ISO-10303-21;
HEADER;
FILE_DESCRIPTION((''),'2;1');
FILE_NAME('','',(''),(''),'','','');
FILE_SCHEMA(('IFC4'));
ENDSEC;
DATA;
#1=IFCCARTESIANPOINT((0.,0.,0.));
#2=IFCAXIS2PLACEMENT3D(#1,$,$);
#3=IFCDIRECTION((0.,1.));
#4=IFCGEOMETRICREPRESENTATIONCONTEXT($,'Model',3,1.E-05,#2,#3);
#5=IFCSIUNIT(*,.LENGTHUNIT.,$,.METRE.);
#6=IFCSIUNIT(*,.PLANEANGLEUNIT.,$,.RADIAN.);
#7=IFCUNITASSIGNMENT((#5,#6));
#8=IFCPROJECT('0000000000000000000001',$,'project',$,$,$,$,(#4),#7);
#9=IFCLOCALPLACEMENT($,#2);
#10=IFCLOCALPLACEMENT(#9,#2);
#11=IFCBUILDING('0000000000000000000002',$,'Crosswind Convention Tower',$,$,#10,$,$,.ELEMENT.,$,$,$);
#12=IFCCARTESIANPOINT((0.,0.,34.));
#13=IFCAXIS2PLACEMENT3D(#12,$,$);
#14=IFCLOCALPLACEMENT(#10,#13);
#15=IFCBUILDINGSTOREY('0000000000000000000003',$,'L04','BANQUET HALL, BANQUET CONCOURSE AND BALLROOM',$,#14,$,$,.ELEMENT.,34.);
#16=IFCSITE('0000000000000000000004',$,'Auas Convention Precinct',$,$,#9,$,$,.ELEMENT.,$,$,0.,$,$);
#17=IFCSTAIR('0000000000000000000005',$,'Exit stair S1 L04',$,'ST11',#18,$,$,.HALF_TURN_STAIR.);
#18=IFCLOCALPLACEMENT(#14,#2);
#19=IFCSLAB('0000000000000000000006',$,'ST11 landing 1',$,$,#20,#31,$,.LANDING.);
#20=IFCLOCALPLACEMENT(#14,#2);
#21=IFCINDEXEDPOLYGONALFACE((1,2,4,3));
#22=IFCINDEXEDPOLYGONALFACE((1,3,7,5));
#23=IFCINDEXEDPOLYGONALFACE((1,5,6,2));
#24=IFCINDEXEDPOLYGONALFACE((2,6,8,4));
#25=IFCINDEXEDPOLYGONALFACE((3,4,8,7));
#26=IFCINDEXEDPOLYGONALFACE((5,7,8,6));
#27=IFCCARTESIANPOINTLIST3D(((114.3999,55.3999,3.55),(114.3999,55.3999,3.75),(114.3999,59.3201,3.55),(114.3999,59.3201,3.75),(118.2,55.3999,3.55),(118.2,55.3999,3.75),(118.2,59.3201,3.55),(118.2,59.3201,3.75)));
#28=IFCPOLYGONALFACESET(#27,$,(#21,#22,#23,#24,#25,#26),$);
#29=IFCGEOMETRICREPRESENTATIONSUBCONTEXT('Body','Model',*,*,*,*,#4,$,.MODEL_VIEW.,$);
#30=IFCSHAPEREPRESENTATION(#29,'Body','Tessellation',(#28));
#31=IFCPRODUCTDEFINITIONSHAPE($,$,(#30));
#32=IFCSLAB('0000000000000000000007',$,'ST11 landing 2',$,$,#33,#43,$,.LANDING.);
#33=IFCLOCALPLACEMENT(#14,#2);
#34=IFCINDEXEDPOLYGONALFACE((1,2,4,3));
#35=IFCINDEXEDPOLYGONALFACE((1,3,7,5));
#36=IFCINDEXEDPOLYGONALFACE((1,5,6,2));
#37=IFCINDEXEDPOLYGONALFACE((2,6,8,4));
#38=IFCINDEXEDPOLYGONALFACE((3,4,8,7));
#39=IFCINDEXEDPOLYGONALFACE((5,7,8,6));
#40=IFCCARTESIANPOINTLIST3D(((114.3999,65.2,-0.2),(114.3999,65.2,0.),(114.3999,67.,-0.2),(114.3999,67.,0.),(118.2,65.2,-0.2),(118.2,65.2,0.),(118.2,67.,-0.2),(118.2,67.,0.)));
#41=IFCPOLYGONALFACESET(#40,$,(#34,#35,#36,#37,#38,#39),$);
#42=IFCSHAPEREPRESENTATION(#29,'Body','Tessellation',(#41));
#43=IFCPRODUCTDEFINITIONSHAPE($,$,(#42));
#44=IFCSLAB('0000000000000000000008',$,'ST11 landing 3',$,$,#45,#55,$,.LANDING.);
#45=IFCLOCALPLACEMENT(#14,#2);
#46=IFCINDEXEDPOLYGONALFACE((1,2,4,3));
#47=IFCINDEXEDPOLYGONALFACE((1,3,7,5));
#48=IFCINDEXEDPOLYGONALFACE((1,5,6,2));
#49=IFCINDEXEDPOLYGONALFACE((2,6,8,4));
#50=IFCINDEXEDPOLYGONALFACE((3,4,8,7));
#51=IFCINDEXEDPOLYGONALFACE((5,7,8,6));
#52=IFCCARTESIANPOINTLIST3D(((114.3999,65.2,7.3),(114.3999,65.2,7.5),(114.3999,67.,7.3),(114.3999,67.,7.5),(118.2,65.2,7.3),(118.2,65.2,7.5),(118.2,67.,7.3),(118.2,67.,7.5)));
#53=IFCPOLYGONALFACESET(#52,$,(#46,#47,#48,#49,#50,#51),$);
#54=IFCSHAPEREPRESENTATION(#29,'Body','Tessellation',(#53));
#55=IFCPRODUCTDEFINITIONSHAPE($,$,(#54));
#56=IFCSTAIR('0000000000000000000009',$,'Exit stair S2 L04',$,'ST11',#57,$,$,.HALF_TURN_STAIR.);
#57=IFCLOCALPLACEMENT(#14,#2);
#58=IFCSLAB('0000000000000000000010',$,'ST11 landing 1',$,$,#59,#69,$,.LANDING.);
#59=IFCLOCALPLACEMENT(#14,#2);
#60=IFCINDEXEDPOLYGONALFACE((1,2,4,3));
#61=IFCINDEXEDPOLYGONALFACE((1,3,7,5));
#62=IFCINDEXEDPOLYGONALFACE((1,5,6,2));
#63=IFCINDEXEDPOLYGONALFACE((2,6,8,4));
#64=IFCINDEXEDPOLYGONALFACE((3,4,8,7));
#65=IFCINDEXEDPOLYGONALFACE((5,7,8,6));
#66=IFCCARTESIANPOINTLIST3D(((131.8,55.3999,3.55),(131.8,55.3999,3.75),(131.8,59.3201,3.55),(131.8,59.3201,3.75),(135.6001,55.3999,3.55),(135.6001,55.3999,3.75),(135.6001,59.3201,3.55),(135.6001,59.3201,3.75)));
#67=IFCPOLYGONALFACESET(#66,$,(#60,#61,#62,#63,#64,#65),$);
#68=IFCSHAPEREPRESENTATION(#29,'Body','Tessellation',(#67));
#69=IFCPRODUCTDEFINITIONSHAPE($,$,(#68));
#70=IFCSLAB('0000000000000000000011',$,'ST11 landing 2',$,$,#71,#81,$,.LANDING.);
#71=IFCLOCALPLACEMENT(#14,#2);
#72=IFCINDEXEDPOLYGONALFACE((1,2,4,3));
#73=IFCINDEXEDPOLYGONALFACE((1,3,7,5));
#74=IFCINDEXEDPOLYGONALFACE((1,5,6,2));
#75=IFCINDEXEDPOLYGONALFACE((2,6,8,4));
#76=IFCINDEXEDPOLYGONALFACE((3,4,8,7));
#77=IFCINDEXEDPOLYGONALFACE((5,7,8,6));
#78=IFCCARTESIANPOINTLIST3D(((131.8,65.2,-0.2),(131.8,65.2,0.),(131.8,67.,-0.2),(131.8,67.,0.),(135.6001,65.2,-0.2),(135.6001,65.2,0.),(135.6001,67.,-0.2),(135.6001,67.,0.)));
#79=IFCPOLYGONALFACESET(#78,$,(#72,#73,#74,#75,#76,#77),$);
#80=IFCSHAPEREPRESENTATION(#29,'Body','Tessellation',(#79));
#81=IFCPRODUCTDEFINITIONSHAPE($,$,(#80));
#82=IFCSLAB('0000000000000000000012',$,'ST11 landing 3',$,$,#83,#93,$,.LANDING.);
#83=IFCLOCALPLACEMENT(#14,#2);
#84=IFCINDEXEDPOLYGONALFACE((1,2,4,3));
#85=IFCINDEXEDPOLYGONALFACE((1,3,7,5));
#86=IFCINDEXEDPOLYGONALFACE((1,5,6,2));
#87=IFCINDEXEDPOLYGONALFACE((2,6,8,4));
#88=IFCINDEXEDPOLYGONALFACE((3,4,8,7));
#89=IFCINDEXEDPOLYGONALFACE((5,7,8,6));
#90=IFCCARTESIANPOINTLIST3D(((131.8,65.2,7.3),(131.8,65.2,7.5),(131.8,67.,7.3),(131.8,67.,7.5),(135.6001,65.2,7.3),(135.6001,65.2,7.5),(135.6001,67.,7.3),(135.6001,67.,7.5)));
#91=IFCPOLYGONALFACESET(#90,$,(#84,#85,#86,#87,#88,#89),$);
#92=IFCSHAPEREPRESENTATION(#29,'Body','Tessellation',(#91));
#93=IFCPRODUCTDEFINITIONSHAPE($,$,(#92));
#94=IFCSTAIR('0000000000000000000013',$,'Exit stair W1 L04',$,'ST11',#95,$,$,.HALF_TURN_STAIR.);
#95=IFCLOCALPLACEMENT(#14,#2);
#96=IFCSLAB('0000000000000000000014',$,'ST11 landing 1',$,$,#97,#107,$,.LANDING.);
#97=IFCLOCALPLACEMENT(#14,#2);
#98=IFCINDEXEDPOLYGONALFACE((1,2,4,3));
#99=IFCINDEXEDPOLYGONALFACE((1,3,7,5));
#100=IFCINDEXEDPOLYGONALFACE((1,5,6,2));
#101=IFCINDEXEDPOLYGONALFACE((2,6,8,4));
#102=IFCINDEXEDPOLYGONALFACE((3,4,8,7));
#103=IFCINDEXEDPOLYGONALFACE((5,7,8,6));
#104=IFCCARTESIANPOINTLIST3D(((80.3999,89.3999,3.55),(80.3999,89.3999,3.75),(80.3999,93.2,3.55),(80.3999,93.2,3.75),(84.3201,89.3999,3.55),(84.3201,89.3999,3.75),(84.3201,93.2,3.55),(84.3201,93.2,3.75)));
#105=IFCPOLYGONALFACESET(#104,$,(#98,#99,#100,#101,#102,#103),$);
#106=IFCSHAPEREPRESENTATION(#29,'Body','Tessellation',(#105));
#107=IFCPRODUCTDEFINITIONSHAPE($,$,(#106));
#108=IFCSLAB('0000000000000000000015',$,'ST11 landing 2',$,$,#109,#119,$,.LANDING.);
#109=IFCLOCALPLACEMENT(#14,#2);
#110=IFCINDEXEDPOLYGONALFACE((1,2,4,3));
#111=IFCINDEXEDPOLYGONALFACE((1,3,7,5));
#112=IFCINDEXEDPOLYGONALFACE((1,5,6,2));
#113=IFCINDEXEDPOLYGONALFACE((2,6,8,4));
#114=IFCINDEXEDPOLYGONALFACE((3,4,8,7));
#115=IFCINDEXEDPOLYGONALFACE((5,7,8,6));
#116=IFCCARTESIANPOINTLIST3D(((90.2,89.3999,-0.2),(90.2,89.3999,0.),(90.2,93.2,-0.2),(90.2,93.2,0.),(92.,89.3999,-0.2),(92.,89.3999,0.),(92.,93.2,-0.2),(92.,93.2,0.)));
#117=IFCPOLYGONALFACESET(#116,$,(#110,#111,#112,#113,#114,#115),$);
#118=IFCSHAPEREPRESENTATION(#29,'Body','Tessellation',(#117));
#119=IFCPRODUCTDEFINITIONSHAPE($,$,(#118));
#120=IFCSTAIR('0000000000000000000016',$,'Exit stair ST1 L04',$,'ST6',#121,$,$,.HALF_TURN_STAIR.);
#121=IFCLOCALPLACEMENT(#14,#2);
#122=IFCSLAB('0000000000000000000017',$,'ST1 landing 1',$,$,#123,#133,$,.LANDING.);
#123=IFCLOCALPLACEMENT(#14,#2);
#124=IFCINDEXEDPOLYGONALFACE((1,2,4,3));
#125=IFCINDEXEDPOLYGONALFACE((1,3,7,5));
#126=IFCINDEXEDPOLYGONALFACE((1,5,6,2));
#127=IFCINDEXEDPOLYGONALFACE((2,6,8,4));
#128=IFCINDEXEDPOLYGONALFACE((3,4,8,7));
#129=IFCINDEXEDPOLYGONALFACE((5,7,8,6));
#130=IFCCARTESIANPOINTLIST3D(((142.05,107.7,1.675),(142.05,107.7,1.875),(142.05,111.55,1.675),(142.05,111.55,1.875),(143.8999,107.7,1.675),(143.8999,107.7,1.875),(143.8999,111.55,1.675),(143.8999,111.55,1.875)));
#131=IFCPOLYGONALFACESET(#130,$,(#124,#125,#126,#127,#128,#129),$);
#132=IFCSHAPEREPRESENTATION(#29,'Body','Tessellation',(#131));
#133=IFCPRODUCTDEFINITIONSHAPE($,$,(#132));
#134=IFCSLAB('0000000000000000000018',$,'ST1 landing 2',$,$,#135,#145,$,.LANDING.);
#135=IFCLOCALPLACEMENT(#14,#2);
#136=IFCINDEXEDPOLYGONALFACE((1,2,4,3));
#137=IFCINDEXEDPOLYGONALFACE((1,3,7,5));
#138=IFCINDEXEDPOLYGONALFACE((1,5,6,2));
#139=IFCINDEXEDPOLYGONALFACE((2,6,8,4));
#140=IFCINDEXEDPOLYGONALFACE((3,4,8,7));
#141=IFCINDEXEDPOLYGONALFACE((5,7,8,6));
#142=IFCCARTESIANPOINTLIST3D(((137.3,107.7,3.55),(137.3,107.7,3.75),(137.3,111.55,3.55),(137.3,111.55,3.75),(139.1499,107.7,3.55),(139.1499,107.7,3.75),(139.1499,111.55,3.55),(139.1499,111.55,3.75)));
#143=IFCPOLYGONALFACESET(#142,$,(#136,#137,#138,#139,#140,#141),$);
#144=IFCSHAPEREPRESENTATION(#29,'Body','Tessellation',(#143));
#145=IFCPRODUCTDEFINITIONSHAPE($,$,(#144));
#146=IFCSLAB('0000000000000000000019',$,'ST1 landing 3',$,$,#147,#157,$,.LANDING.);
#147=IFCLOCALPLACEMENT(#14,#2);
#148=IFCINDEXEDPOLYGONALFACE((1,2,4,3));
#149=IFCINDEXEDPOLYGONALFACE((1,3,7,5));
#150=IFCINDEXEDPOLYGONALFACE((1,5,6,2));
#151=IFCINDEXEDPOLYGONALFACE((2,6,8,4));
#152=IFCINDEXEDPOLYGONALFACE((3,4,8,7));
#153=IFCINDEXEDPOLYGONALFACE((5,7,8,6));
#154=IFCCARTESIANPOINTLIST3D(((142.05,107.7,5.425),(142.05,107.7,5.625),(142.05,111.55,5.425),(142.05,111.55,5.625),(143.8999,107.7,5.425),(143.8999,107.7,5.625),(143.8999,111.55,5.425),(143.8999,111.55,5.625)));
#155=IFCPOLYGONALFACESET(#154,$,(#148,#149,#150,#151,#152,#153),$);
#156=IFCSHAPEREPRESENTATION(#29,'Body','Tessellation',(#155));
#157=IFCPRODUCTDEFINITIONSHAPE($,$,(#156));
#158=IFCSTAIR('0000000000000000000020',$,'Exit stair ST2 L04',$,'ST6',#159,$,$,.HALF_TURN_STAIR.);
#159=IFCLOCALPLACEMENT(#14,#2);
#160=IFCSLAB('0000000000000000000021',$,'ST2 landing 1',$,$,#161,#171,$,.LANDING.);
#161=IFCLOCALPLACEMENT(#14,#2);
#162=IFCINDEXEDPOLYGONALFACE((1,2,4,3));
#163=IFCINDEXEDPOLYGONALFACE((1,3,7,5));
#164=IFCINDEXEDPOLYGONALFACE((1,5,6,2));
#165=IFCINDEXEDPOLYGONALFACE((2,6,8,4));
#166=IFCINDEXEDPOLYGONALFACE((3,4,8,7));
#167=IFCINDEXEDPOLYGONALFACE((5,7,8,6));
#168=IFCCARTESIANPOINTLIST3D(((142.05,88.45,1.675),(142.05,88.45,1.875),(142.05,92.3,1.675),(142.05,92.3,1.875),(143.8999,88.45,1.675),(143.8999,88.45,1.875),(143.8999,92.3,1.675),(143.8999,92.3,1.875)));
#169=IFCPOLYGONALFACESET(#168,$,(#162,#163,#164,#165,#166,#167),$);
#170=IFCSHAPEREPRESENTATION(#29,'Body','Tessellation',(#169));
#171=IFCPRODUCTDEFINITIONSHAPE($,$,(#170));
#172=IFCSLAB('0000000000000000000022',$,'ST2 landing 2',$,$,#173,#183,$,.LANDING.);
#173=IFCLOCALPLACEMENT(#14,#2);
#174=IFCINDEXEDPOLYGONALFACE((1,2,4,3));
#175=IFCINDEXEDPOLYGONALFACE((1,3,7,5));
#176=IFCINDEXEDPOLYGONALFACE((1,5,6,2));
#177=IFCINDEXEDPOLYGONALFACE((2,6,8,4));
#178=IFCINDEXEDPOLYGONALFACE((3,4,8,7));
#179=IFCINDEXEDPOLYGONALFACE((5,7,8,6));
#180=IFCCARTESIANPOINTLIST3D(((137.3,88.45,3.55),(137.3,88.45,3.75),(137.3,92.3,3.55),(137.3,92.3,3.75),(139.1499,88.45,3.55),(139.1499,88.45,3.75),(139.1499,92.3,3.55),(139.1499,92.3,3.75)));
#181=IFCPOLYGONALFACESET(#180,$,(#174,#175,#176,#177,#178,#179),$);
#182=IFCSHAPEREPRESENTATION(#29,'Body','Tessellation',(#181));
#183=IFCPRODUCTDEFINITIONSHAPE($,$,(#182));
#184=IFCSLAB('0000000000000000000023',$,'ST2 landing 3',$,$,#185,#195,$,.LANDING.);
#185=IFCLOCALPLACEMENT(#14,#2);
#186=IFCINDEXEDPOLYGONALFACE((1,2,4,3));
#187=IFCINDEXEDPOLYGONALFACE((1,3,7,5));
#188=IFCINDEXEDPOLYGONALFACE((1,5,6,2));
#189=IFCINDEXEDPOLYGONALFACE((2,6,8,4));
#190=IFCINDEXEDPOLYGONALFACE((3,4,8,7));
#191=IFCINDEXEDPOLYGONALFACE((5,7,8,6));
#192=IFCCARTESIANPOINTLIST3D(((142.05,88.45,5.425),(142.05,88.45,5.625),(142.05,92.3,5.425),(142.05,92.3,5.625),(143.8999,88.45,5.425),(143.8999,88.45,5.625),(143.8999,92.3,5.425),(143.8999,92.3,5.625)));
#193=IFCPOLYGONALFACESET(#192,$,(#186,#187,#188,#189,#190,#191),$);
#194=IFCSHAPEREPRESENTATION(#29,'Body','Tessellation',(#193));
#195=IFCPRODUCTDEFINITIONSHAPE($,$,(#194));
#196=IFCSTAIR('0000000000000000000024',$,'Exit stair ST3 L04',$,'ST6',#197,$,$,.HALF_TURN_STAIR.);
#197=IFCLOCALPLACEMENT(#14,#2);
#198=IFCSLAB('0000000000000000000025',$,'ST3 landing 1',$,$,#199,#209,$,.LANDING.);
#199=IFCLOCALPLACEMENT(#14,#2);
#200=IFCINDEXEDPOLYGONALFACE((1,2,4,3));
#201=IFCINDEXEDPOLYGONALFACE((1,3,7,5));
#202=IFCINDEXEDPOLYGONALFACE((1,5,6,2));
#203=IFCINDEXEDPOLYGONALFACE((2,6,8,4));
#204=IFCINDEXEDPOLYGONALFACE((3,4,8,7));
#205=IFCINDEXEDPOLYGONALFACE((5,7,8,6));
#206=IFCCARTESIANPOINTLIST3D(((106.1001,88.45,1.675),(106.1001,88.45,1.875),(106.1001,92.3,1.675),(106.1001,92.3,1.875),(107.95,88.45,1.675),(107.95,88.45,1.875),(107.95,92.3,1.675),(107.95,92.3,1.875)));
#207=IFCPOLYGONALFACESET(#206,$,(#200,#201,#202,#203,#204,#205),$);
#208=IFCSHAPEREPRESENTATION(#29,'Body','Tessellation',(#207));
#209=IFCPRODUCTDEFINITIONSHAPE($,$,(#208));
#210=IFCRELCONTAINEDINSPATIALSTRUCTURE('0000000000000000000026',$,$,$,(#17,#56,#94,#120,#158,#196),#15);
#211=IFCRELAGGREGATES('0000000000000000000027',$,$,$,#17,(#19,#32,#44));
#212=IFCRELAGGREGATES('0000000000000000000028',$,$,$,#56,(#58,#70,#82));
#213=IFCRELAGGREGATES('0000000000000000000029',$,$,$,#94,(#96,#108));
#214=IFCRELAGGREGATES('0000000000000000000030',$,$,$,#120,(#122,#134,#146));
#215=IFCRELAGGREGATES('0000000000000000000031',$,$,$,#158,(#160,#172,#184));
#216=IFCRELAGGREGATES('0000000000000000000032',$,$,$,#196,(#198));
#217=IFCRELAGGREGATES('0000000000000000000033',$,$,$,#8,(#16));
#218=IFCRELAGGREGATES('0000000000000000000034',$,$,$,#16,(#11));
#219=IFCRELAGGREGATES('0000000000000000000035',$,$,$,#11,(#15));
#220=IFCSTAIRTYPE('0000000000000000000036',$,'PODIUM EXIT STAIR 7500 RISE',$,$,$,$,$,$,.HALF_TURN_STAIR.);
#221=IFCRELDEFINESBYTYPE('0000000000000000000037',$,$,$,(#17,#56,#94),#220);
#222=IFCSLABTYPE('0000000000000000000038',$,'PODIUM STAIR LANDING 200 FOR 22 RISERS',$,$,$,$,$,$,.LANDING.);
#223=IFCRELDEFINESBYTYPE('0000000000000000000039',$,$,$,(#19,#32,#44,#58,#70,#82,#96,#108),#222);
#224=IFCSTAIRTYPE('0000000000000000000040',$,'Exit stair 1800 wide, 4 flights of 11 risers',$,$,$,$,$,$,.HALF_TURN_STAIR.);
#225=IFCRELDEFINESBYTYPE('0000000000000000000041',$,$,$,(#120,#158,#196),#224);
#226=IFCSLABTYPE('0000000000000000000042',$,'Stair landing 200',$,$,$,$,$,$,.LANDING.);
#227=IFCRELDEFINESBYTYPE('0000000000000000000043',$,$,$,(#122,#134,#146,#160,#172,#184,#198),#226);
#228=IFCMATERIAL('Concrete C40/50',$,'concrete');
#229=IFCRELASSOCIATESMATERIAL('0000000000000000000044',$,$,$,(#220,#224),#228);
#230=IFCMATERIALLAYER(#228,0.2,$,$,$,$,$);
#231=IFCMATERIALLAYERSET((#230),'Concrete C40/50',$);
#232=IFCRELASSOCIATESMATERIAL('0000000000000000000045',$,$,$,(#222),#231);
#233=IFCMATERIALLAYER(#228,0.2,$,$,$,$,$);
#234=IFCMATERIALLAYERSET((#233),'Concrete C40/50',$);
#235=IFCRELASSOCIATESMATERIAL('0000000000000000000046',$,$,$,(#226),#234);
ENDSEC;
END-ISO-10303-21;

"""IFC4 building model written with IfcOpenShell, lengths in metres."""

from ifc_helpers import new_model, si_unit, direction, frame, origin, place, context, subcontext, project, spatial, polyline, outline, extrude, material, layer, layer_set, type_object, element, aggregate, save


model = new_model("IFC4")

# Units and contexts
model_context = context("Model", 3, precision=1e-05, world=origin(), true_north=direction((0.0, 1.0)))
body_context = subcontext(model_context, "Body", "Model", "MODEL_VIEW")
ifc_project = project(units=[si_unit("LENGTHUNIT", "METRE"), si_unit("PLANEANGLEUNIT", "RADIAN")], contexts=[model_context])

# Site, building, storey
site_placement = place(None, origin())
site = spatial("IfcSite", under=ifc_project, at=site_placement, Name="Auas Convention Precinct", CompositionType="ELEMENT", RefElevation=0.0)
building_placement = place(site_placement, origin())
building = spatial("IfcBuilding", under=site, at=building_placement, Name="Crosswind Convention Tower", CompositionType="ELEMENT")
storey_placement = place(building_placement, frame((0.0, 0.0, 34.0)))
storey = spatial("IfcBuildingStorey", under=building, at=storey_placement, Name="L04", Description="BANQUET HALL, BANQUET CONCOURSE AND BALLROOM", CompositionType="ELEMENT", Elevation=34.0)

# Shared definitions
ifc_material = material(Name="Concrete C40/50", Category="concrete")

# Stairs, slabs
stair_type_1 = type_object("IfcStairType", Name="PODIUM EXIT STAIR 7500 RISE", PredefinedType="HALF_TURN_STAIR", material=ifc_material)
ifc_layer_1 = layer(ifc_material, 0.2)
ifc_layer_set_1 = layer_set([ifc_layer_1], Name="Concrete C40/50")
slab_type_1 = type_object("IfcSlabType", Name="PODIUM STAIR LANDING 200 FOR 22 RISERS", PredefinedType="LANDING", material=ifc_layer_set_1)
stair_1_placement = place(storey_placement, origin())
stair_1 = element("IfcStair", 1, at=stair_1_placement, inside=storey, type_object=stair_type_1, Name="Exit stair S1 L04", ObjectType="ST11", PredefinedType="HALF_TURN_STAIR")
slab_1_placement = place(storey_placement, frame((0.0, 0.0, 3.55)))
slab_1 = element("IfcSlab", 2, at=slab_1_placement, type_object=slab_type_1, Name="ST11 landing 1", PredefinedType="LANDING", context=body_context, shape_type="SweptSolid", body=[
    extrude(outline(polyline([(114.3999, 59.3201), (114.3999, 55.3999), (118.2, 55.3999), (118.2, 59.3201), (114.3999, 59.3201)])), origin(), (0.0, 0.0, 1.0), 0.2),
])
slab_2_placement = place(storey_placement, frame((0.0, 0.0, -0.2)))
slab_2 = element("IfcSlab", 3, at=slab_2_placement, type_object=slab_type_1, Name="ST11 landing 2", PredefinedType="LANDING", context=body_context, shape_type="SweptSolid", body=[
    extrude(outline(polyline([(114.3999, 67.0), (114.3999, 65.2), (118.2, 65.2), (118.2, 67.0), (114.3999, 67.0)])), origin(), (0.0, 0.0, 1.0), 0.2),
])
slab_3_placement = place(storey_placement, frame((0.0, 0.0, 7.3)))
slab_3 = element("IfcSlab", 4, at=slab_3_placement, type_object=slab_type_1, Name="ST11 landing 3", PredefinedType="LANDING", context=body_context, shape_type="SweptSolid", body=[
    extrude(outline(polyline([(114.3999, 67.0), (114.3999, 65.2), (118.2, 65.2), (118.2, 67.0), (114.3999, 67.0)])), origin(), (0.0, 0.0, 1.0), 0.2),
])
aggregate(stair_1, [slab_1, slab_2, slab_3])
stair_2_placement = place(storey_placement, origin())
stair_2 = element("IfcStair", 5, at=stair_2_placement, inside=storey, type_object=stair_type_1, Name="Exit stair S2 L04", ObjectType="ST11", PredefinedType="HALF_TURN_STAIR")
slab_4_placement = place(storey_placement, frame((0.0, 0.0, 3.55)))
slab_4 = element("IfcSlab", 6, at=slab_4_placement, type_object=slab_type_1, Name="ST11 landing 1", PredefinedType="LANDING", context=body_context, shape_type="SweptSolid", body=[
    extrude(outline(polyline([(131.8, 59.3201), (131.8, 55.3999), (135.6001, 55.3999), (135.6001, 59.3201), (131.8, 59.3201)])), origin(), (0.0, 0.0, 1.0), 0.2),
])
slab_5_placement = place(storey_placement, frame((0.0, 0.0, -0.2)))
slab_5 = element("IfcSlab", 7, at=slab_5_placement, type_object=slab_type_1, Name="ST11 landing 2", PredefinedType="LANDING", context=body_context, shape_type="SweptSolid", body=[
    extrude(outline(polyline([(131.8, 67.0), (131.8, 65.2), (135.6001, 65.2), (135.6001, 67.0), (131.8, 67.0)])), origin(), (0.0, 0.0, 1.0), 0.2),
])
slab_6_placement = place(storey_placement, frame((0.0, 0.0, 7.3)))
slab_6 = element("IfcSlab", 8, at=slab_6_placement, type_object=slab_type_1, Name="ST11 landing 3", PredefinedType="LANDING", context=body_context, shape_type="SweptSolid", body=[
    extrude(outline(polyline([(131.8, 67.0), (131.8, 65.2), (135.6001, 65.2), (135.6001, 67.0), (131.8, 67.0)])), origin(), (0.0, 0.0, 1.0), 0.2),
])
aggregate(stair_2, [slab_4, slab_5, slab_6])
stair_3_placement = place(storey_placement, origin())
stair_3 = element("IfcStair", 9, at=stair_3_placement, inside=storey, type_object=stair_type_1, Name="Exit stair W1 L04", ObjectType="ST11", PredefinedType="HALF_TURN_STAIR")
slab_7_placement = place(storey_placement, frame((0.0, 0.0, 3.55)))
slab_7 = element("IfcSlab", 10, at=slab_7_placement, type_object=slab_type_1, Name="ST11 landing 1", PredefinedType="LANDING", context=body_context, shape_type="SweptSolid", body=[
    extrude(outline(polyline([(84.3201, 93.2), (80.3999, 93.2), (80.3999, 89.3999), (84.3201, 89.3999), (84.3201, 93.2)])), origin(), (0.0, 0.0, 1.0), 0.2),
])
slab_8_placement = place(storey_placement, frame((0.0, 0.0, -0.2)))
slab_8 = element("IfcSlab", 11, at=slab_8_placement, type_object=slab_type_1, Name="ST11 landing 2", PredefinedType="LANDING", context=body_context, shape_type="SweptSolid", body=[
    extrude(outline(polyline([(92.0, 93.2), (90.2, 93.2), (90.2, 89.3999), (92.0, 89.3999), (92.0, 93.2)])), origin(), (0.0, 0.0, 1.0), 0.2),
])
aggregate(stair_3, [slab_7, slab_8])
stair_type_2 = type_object("IfcStairType", Name="Exit stair 1800 wide, 4 flights of 11 risers", PredefinedType="HALF_TURN_STAIR", material=ifc_material)
stair_4_placement = place(storey_placement, origin())
stair_4 = element("IfcStair", 12, at=stair_4_placement, inside=storey, type_object=stair_type_2, Name="Exit stair ST1 L04", ObjectType="ST6", PredefinedType="HALF_TURN_STAIR")
ifc_layer_2 = layer(ifc_material, 0.2)
ifc_layer_set_2 = layer_set([ifc_layer_2], Name="Concrete C40/50")
slab_type_2 = type_object("IfcSlabType", Name="Stair landing 200", PredefinedType="LANDING", material=ifc_layer_set_2)
slab_9_placement = place(storey_placement, frame((0.0, 0.0, 1.675)))
slab_9 = element("IfcSlab", 13, at=slab_9_placement, type_object=slab_type_2, Name="ST1 landing 1", PredefinedType="LANDING", context=body_context, shape_type="SweptSolid", body=[
    extrude(outline(polyline([(143.8999, 107.7), (143.8999, 111.55), (142.05, 111.55), (142.05, 107.7), (143.8999, 107.7)])), origin(), (0.0, 0.0, 1.0), 0.2),
])
slab_10_placement = place(storey_placement, frame((0.0, 0.0, 3.55)))
slab_10 = element("IfcSlab", 14, at=slab_10_placement, type_object=slab_type_2, Name="ST1 landing 2", PredefinedType="LANDING", context=body_context, shape_type="SweptSolid", body=[
    extrude(outline(polyline([(139.1499, 107.7), (139.1499, 111.55), (137.3, 111.55), (137.3, 107.7), (139.1499, 107.7)])), origin(), (0.0, 0.0, 1.0), 0.2),
])
slab_11_placement = place(storey_placement, frame((0.0, 0.0, 5.425)))
slab_11 = element("IfcSlab", 15, at=slab_11_placement, type_object=slab_type_2, Name="ST1 landing 3", PredefinedType="LANDING", context=body_context, shape_type="SweptSolid", body=[
    extrude(outline(polyline([(143.8999, 107.7), (143.8999, 111.55), (142.05, 111.55), (142.05, 107.7), (143.8999, 107.7)])), origin(), (0.0, 0.0, 1.0), 0.2),
])
aggregate(stair_4, [slab_9, slab_10, slab_11])
stair_5_placement = place(storey_placement, origin())
stair_5 = element("IfcStair", 16, at=stair_5_placement, inside=storey, type_object=stair_type_2, Name="Exit stair ST2 L04", ObjectType="ST6", PredefinedType="HALF_TURN_STAIR")
slab_12_placement = place(storey_placement, frame((0.0, 0.0, 1.675)))
slab_12 = element("IfcSlab", 17, at=slab_12_placement, type_object=slab_type_2, Name="ST2 landing 1", PredefinedType="LANDING", context=body_context, shape_type="SweptSolid", body=[
    extrude(outline(polyline([(143.8999, 88.45), (143.8999, 92.3), (142.05, 92.3), (142.05, 88.45), (143.8999, 88.45)])), origin(), (0.0, 0.0, 1.0), 0.2),
])
slab_13_placement = place(storey_placement, frame((0.0, 0.0, 3.55)))
slab_13 = element("IfcSlab", 18, at=slab_13_placement, type_object=slab_type_2, Name="ST2 landing 2", PredefinedType="LANDING", context=body_context, shape_type="SweptSolid", body=[
    extrude(outline(polyline([(139.1499, 88.45), (139.1499, 92.3), (137.3, 92.3), (137.3, 88.45), (139.1499, 88.45)])), origin(), (0.0, 0.0, 1.0), 0.2),
])
slab_14_placement = place(storey_placement, frame((0.0, 0.0, 5.425)))
slab_14 = element("IfcSlab", 19, at=slab_14_placement, type_object=slab_type_2, Name="ST2 landing 3", PredefinedType="LANDING", context=body_context, shape_type="SweptSolid", body=[
    extrude(outline(polyline([(143.8999, 88.45), (143.8999, 92.3), (142.05, 92.3), (142.05, 88.45), (143.8999, 88.45)])), origin(), (0.0, 0.0, 1.0), 0.2),
])
aggregate(stair_5, [slab_12, slab_13, slab_14])
stair_6_placement = place(storey_placement, origin())
stair_6 = element("IfcStair", 20, at=stair_6_placement, inside=storey, type_object=stair_type_2, Name="Exit stair ST3 L04", ObjectType="ST6", PredefinedType="HALF_TURN_STAIR")
slab_15_placement = place(storey_placement, frame((0.0, 0.0, 1.675)))
slab_15 = element("IfcSlab", 21, at=slab_15_placement, type_object=slab_type_2, Name="ST3 landing 1", PredefinedType="LANDING", context=body_context, shape_type="SweptSolid", body=[
    extrude(outline(polyline([(107.95, 88.45), (107.95, 92.3), (106.1001, 92.3), (106.1001, 88.45), (107.95, 88.45)])), origin(), (0.0, 0.0, 1.0), 0.2),
])
aggregate(stair_6, [slab_15])

save(model, "model.ifc")
